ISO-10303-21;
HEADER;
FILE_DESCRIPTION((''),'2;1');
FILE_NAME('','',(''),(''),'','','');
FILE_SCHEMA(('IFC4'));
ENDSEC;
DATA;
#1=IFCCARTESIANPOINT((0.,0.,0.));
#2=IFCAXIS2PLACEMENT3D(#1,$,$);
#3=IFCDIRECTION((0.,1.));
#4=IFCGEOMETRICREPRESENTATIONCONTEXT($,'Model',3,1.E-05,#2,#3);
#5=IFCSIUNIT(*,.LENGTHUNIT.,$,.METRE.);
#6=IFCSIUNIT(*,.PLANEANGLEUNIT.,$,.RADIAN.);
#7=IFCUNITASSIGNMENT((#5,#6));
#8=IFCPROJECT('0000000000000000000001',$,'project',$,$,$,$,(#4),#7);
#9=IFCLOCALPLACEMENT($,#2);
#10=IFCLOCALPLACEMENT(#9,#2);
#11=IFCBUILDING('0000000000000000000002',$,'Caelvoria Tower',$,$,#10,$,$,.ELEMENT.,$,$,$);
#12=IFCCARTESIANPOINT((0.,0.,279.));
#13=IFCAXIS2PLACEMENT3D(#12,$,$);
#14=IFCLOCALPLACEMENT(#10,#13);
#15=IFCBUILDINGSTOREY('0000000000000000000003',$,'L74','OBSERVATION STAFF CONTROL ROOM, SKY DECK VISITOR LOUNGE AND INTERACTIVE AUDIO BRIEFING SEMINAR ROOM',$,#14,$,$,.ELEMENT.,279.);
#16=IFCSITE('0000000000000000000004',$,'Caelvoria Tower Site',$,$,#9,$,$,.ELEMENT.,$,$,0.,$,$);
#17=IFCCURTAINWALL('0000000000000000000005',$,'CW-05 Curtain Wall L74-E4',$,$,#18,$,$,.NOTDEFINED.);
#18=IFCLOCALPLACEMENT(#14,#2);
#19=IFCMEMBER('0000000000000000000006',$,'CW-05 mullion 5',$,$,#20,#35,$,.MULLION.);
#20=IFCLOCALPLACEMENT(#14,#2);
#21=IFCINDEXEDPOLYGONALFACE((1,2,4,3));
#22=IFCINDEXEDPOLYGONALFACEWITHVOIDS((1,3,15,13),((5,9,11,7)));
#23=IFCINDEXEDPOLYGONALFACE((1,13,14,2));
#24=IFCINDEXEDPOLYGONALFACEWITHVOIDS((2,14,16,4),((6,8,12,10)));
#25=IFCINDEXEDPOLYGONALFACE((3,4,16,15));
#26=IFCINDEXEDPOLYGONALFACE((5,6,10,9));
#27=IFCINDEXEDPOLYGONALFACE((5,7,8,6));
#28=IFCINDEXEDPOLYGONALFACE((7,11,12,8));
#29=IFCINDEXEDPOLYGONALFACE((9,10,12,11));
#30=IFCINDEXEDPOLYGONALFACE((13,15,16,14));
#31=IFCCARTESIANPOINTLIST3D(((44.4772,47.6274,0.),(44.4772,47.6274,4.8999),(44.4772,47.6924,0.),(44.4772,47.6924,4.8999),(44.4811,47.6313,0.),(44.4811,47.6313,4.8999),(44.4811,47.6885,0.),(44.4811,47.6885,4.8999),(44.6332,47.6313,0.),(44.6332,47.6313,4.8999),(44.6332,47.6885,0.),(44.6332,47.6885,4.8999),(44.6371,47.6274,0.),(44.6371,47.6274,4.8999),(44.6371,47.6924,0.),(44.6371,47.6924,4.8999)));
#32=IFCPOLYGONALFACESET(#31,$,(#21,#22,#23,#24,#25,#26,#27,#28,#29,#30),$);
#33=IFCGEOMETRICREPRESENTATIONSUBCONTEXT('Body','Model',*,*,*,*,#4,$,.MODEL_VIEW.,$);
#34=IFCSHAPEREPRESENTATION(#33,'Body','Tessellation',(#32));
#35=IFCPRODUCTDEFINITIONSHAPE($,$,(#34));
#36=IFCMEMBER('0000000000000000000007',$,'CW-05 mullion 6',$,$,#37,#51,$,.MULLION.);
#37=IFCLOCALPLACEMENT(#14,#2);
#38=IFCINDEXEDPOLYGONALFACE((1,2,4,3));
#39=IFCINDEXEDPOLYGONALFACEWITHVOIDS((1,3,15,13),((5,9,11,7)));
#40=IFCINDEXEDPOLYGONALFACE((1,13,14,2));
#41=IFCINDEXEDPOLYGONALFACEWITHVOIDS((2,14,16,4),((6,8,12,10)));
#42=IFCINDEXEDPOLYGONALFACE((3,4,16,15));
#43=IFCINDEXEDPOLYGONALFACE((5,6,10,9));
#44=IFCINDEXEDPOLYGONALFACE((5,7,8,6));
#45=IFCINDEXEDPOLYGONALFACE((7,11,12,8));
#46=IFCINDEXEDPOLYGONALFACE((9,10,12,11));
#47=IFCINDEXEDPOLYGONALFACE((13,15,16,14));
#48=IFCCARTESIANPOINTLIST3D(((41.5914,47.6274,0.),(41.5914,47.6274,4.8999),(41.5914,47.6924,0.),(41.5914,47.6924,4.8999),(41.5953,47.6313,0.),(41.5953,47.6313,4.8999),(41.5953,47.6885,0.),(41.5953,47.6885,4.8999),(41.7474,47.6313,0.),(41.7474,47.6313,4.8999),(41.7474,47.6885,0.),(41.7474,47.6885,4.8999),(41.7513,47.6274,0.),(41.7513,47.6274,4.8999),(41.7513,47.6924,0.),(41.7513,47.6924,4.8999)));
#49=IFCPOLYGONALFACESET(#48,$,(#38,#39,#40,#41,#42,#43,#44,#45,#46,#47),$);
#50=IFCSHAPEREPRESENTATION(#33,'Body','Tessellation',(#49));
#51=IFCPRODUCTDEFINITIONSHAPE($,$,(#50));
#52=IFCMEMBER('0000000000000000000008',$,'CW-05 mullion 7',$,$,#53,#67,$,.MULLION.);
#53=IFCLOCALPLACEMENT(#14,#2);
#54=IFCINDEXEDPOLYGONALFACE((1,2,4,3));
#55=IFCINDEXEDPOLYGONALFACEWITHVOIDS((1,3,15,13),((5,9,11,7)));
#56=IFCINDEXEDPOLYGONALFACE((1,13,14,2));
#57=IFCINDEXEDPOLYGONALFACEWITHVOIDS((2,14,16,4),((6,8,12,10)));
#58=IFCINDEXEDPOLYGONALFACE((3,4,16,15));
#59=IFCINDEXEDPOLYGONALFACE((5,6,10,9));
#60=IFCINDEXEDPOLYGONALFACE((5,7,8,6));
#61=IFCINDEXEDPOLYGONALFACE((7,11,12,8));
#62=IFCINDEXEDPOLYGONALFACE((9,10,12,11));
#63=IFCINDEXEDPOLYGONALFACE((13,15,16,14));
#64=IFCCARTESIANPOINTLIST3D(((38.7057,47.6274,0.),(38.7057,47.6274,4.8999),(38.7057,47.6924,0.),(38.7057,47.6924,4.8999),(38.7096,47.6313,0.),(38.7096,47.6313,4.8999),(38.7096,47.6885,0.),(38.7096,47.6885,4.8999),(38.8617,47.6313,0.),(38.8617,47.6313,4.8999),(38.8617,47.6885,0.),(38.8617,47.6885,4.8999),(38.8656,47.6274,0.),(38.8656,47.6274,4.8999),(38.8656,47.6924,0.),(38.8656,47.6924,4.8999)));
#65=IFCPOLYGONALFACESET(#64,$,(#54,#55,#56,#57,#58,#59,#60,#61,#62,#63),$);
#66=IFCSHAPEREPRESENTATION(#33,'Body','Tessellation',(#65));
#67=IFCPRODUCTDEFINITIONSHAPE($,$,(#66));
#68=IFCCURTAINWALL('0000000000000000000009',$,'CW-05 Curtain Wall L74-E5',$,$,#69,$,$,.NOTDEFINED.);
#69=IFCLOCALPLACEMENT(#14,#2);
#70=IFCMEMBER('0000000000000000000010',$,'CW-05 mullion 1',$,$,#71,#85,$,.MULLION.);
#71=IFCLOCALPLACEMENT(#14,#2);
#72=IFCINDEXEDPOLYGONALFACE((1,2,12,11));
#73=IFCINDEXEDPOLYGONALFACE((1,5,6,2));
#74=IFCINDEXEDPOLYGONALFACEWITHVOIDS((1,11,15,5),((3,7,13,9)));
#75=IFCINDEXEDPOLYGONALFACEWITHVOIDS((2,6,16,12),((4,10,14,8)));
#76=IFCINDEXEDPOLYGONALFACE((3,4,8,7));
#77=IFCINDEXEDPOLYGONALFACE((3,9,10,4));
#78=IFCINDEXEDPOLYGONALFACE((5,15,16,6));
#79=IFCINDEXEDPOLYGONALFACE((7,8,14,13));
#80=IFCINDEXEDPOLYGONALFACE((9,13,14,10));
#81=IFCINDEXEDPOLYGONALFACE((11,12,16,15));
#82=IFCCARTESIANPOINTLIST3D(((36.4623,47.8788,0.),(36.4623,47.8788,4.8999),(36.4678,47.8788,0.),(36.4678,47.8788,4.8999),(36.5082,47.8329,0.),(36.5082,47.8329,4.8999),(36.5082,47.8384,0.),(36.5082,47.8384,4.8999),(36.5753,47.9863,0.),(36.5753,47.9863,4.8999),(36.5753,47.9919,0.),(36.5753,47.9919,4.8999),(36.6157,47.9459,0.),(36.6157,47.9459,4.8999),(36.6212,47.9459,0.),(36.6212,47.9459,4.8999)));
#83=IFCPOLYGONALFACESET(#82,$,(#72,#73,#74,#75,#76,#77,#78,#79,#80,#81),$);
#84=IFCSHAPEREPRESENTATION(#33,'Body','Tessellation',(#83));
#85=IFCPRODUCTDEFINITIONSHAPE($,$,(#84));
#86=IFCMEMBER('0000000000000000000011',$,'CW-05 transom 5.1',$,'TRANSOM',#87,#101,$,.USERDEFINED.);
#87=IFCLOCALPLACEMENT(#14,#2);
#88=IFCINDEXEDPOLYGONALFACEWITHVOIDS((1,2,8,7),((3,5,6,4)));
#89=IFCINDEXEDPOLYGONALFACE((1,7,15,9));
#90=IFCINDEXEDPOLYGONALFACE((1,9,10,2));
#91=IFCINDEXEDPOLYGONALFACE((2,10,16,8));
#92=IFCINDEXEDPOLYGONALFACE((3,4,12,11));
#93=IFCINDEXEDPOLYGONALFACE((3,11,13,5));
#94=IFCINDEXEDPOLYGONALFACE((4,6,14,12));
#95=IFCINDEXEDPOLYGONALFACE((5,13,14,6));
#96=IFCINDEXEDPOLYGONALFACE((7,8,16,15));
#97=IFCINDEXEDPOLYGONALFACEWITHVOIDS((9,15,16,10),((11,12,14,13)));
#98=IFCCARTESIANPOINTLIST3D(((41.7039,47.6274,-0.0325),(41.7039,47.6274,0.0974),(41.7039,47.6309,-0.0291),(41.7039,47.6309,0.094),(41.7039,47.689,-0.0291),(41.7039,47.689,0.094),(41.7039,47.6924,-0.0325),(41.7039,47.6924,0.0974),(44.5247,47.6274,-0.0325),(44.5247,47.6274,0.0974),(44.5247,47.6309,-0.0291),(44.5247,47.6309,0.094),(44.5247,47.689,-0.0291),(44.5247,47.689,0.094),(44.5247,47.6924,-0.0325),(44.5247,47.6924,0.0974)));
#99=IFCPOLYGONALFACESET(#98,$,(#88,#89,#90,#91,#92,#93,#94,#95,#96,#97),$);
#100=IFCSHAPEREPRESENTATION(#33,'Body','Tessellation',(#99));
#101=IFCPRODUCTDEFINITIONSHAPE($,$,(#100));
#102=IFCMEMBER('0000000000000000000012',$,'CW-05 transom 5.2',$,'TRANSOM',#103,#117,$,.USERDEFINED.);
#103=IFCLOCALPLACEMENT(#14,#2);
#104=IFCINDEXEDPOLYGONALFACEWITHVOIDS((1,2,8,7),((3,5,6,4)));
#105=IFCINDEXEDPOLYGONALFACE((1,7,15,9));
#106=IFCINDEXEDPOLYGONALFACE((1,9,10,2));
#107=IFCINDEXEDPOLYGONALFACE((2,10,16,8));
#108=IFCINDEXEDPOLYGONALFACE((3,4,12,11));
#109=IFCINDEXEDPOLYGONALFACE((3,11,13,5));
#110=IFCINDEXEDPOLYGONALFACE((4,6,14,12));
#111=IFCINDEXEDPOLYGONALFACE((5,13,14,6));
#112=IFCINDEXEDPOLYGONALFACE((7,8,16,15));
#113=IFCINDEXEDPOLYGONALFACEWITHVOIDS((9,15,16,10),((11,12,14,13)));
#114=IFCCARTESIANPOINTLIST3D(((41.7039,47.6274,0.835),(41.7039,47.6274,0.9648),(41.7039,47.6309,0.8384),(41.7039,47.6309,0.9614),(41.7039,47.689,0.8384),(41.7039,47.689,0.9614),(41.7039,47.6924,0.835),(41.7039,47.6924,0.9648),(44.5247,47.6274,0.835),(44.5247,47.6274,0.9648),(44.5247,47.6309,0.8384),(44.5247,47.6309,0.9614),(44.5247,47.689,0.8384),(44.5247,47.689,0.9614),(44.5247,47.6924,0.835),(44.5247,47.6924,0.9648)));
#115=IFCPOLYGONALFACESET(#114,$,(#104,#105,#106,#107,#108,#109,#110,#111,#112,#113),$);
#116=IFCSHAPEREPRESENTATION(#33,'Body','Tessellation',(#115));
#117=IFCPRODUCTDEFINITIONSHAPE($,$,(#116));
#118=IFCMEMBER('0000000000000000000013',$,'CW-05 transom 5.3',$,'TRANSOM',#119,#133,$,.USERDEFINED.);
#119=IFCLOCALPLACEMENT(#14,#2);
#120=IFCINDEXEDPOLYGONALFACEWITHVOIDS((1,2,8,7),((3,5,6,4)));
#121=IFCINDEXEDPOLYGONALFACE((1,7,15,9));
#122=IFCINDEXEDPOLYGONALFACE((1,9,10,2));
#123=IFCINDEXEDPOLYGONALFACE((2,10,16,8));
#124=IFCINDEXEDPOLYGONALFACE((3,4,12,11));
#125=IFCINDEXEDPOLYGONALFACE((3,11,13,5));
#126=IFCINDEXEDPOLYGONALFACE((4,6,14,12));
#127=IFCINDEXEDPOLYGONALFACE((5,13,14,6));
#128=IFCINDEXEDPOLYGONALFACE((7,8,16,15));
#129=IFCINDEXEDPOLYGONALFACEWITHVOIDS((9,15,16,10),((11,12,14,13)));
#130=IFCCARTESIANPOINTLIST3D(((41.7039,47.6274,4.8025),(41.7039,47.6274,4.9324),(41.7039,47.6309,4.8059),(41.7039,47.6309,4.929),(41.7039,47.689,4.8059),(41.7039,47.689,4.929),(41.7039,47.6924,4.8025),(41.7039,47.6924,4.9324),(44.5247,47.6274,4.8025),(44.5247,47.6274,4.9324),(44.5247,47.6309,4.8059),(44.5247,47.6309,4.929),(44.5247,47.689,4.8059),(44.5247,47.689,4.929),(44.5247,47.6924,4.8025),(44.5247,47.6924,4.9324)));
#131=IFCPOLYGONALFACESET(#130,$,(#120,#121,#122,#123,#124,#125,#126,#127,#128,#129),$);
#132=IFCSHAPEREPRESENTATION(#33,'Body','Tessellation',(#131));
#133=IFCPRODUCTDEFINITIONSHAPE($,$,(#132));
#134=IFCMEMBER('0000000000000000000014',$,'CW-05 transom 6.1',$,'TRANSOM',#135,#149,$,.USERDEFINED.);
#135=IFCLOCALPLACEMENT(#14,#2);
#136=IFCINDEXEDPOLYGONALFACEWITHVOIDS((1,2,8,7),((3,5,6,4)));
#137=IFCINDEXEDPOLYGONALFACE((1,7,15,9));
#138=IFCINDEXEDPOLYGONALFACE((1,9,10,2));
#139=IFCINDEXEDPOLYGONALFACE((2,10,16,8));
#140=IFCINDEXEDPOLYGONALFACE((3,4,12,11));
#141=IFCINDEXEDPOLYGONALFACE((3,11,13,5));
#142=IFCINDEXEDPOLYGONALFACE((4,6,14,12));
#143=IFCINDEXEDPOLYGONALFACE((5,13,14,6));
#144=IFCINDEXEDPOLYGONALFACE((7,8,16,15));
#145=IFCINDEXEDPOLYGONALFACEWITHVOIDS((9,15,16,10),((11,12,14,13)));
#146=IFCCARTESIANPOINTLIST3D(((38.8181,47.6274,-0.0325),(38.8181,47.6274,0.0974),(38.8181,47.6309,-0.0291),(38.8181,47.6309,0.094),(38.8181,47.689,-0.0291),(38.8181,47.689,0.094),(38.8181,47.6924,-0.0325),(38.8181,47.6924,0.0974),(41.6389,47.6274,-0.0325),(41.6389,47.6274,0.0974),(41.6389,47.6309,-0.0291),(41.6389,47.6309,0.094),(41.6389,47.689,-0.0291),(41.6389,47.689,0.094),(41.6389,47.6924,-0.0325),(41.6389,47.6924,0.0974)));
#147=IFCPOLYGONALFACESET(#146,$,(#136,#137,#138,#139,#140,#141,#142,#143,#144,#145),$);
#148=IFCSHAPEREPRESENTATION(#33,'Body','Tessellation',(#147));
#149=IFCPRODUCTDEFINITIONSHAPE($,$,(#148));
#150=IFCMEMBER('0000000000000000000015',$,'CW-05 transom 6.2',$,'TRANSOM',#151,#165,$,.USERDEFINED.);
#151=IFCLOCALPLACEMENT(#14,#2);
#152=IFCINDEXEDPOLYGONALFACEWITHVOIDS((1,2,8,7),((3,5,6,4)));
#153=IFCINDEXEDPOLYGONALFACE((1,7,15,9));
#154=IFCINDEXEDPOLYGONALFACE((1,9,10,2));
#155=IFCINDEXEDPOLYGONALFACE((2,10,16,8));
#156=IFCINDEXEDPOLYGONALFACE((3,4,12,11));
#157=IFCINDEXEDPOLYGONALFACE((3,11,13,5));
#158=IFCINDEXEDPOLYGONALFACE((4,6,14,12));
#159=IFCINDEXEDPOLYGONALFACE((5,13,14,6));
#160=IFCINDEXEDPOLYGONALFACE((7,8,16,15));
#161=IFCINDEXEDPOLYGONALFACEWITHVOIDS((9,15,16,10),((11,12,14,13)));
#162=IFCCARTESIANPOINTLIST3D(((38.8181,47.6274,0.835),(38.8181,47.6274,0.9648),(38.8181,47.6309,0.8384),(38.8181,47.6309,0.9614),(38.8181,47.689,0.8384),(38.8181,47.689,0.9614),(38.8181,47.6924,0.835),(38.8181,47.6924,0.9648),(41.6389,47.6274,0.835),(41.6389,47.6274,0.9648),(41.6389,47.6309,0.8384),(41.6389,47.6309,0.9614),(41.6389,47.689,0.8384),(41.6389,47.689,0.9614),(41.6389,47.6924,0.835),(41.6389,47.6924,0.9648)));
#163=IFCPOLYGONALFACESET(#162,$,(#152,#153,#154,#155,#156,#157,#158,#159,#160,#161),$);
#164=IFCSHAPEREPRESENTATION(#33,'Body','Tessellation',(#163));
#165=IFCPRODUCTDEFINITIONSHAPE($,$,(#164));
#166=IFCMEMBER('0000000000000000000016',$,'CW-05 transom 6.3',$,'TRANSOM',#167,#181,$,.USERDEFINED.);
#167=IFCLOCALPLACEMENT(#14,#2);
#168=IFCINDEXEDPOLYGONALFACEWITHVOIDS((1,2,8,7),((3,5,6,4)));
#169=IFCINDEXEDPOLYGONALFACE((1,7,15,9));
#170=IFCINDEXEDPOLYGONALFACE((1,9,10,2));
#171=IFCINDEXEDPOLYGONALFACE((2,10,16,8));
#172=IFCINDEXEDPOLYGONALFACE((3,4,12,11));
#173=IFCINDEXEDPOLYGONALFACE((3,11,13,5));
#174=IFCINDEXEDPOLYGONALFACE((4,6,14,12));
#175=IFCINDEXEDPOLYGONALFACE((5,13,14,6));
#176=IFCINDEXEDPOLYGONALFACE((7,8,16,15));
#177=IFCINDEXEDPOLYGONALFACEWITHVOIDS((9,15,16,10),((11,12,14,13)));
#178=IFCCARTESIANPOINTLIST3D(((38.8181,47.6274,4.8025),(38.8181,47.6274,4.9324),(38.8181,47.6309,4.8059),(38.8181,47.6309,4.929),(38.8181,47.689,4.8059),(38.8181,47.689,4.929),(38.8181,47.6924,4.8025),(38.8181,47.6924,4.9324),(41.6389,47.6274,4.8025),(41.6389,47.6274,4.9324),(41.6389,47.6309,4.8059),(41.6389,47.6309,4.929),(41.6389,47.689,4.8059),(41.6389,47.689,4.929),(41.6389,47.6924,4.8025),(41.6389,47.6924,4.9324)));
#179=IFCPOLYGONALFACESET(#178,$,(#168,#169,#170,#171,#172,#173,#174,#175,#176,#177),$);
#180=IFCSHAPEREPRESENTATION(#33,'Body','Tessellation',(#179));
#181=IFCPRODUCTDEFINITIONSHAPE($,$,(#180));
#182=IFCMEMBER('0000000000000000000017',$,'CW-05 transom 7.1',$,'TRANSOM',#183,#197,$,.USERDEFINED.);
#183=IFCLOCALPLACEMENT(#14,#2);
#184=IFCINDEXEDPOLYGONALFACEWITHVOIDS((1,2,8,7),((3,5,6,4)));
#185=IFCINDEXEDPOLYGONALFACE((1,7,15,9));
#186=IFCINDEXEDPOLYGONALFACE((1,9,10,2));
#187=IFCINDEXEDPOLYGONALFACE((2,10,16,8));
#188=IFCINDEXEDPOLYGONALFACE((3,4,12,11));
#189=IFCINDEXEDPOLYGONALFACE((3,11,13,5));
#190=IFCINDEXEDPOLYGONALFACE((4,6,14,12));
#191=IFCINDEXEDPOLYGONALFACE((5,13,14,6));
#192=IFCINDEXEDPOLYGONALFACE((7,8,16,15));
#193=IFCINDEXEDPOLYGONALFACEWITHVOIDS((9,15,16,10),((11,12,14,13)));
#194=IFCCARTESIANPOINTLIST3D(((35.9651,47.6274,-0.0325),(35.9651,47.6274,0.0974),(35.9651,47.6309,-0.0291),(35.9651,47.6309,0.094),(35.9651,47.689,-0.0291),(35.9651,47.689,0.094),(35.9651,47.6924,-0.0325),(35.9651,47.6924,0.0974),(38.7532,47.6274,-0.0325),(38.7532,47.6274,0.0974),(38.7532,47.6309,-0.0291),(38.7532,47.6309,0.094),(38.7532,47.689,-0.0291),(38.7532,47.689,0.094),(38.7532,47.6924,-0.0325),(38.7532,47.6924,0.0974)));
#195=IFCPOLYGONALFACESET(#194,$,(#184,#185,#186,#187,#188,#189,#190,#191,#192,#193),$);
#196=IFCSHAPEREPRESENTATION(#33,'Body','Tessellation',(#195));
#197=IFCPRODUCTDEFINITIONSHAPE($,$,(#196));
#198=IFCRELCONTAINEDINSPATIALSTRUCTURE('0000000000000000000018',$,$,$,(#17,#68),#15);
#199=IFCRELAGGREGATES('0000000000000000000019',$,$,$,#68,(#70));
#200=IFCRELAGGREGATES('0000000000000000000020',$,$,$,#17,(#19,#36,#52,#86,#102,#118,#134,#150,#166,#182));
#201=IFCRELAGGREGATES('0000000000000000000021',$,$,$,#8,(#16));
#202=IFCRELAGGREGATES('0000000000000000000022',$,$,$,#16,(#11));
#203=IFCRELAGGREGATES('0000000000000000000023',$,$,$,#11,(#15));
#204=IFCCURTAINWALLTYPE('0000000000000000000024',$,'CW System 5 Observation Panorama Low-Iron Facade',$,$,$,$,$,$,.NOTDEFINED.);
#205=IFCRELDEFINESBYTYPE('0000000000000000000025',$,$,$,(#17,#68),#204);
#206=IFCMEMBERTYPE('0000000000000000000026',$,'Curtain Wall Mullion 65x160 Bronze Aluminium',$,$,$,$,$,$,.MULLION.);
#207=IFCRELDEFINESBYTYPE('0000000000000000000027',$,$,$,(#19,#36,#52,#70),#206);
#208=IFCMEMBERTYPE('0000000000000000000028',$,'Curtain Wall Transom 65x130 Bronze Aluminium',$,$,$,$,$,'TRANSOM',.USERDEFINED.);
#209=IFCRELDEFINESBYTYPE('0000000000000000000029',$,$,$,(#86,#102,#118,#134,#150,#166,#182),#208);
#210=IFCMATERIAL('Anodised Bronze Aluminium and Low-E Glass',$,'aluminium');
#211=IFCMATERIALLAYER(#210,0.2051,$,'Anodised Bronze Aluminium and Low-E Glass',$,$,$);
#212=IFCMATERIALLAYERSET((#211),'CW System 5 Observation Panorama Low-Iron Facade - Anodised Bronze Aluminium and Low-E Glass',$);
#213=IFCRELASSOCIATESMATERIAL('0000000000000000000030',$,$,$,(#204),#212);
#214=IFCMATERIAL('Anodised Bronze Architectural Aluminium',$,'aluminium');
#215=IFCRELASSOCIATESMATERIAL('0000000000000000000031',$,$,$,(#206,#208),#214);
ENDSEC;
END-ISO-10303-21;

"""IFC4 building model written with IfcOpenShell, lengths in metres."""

from ifc_helpers import new_model, si_unit, direction, frame, origin, origin_2d, place, context, subcontext, project, spatial, hollow_rectangle, extrude, material, layer, layer_set, material_profile, profile_set, type_object, element, aggregate, save


model = new_model("IFC4")

# Units and contexts
model_context = context("Model", 3, precision=1e-05, world=origin(), true_north=direction((0.0, 1.0)))
body_context = subcontext(model_context, "Body", "Model", "MODEL_VIEW")
ifc_project = project(units=[si_unit("LENGTHUNIT", "METRE"), si_unit("PLANEANGLEUNIT", "RADIAN")], contexts=[model_context])

# Site, building, storey
site_placement = place(None, origin())
site = spatial("IfcSite", under=ifc_project, at=site_placement, Name="Caelvoria Tower Site", CompositionType="ELEMENT", RefElevation=0.0)
building_placement = place(site_placement, origin())
building = spatial("IfcBuilding", under=site, at=building_placement, Name="Caelvoria Tower", CompositionType="ELEMENT")
storey_placement = place(building_placement, frame((0.0, 0.0, 279.0)))
storey = spatial("IfcBuildingStorey", under=building, at=storey_placement, Name="L74", Description="OBSERVATION STAFF CONTROL ROOM, SKY DECK VISITOR LOUNGE AND INTERACTIVE AUDIO BRIEFING SEMINAR ROOM", CompositionType="ELEMENT", Elevation=279.0)

# Curtain wall, members
ifc_material_1 = material(Name="Anodised Bronze Aluminium and Low-E Glass", Category="aluminium")
ifc_layer_1 = layer(ifc_material_1, 0.2051, Name="Anodised Bronze Aluminium and Low-E Glass")
ifc_layer_set_1 = layer_set([ifc_layer_1], Name="CW System 5 Observation Panorama Low-Iron Facade - Anodised Bronze Aluminium and Low-E Glass")
curtain_wall_type = type_object("IfcCurtainWallType", Name="CW System 5 Observation Panorama Low-Iron Facade", PredefinedType="NOTDEFINED", material=ifc_layer_set_1)
curtain_wall_1_placement = place(storey_placement, origin())
curtain_wall_1 = element("IfcCurtainWall", 1, at=curtain_wall_1_placement, inside=storey, type_object=curtain_wall_type, Name="CW-05 Curtain Wall L74-E4", PredefinedType="NOTDEFINED")
ifc_material_2 = material(Name="Anodised Bronze Architectural Aluminium", Category="aluminium")
ifc_material_profile_1 = material_profile(ifc_material_2, hollow_rectangle(XDim=0.0649, YDim=0.1599, WallThickness=0.0039, at=origin_2d()), Name="Anodised Bronze Architectural Aluminium")
ifc_profile_set_1 = profile_set([ifc_material_profile_1], Name="CW_MULL_65X160 - Anodised Bronze Architectural Aluminium")
member_type_1 = type_object("IfcMemberType", Name="Curtain Wall Mullion 65x160 Bronze Aluminium", PredefinedType="MULLION", material=ifc_profile_set_1)
member_1_placement = place(storey_placement, frame((44.5571, 47.6599, 0.0), z_axis=(0.0, 0.0, 1.0), x_axis=(0.0, -1.0, 0.0)))
member_1 = element("IfcMember", 2, at=member_1_placement, type_object=member_type_1, Name="CW-05 mullion 5", PredefinedType="MULLION", context=body_context, shape_type="SweptSolid", body=[
    extrude(hollow_rectangle(XDim=0.0649, YDim=0.1599, WallThickness=0.0039, at=origin_2d()), origin(), (0.0, 0.0, 1.0), 4.8999),
])
member_2_placement = place(storey_placement, frame((41.6714, 47.6599, 0.0), z_axis=(0.0, 0.0, 1.0), x_axis=(0.0, -1.0, 0.0)))
member_2 = element("IfcMember", 3, at=member_2_placement, type_object=member_type_1, Name="CW-05 mullion 6", PredefinedType="MULLION", context=body_context, shape_type="SweptSolid", body=[
    extrude(hollow_rectangle(XDim=0.0649, YDim=0.1599, WallThickness=0.0039, at=origin_2d()), origin(), (0.0, 0.0, 1.0), 4.8999),
])
member_3_placement = place(storey_placement, frame((38.7856, 47.6599, 0.0), z_axis=(0.0, 0.0, 1.0), x_axis=(0.0, -1.0, 0.0)))
member_3 = element("IfcMember", 4, at=member_3_placement, type_object=member_type_1, Name="CW-05 mullion 7", PredefinedType="MULLION", context=body_context, shape_type="SweptSolid", body=[
    extrude(hollow_rectangle(XDim=0.0649, YDim=0.1599, WallThickness=0.0039, at=origin_2d()), origin(), (0.0, 0.0, 1.0), 4.8999),
])

# Curtain wall, member
curtain_wall_2_placement = place(storey_placement, origin())
curtain_wall_2 = element("IfcCurtainWall", 5, at=curtain_wall_2_placement, inside=storey, type_object=curtain_wall_type, Name="CW-05 Curtain Wall L74-E5", PredefinedType="NOTDEFINED")
member_4_placement = place(storey_placement, frame((36.5417, 47.9124, 0.0), z_axis=(0.0, 0.0, 1.0), x_axis=(0.707107, -0.707107, 0.0)))
member_4 = element("IfcMember", 6, at=member_4_placement, type_object=member_type_1, Name="CW-05 mullion 1", PredefinedType="MULLION", context=body_context, shape_type="SweptSolid", body=[
    extrude(hollow_rectangle(XDim=0.0649, YDim=0.1599, WallThickness=0.0039, at=origin_2d()), origin(), (0.0, 0.0, 1.0), 4.8999),
])

# Members
ifc_material_profile_2 = material_profile(ifc_material_2, hollow_rectangle(XDim=0.0649, YDim=0.1299, WallThickness=0.0034, at=origin_2d()), Name="Anodised Bronze Architectural Aluminium")
ifc_profile_set_2 = profile_set([ifc_material_profile_2], Name="CW_TRAN_65X130 - Anodised Bronze Architectural Aluminium")
member_type_2 = type_object("IfcMemberType", Name="Curtain Wall Transom 65x130 Bronze Aluminium", ElementType="TRANSOM", PredefinedType="USERDEFINED", material=ifc_profile_set_2)
member_5_placement = place(storey_placement, frame((44.5247, 47.6599, 0.0325), z_axis=(-1.0, 0.0, 0.0), x_axis=(0.0, -1.0, 0.0)))
member_5 = element("IfcMember", 7, at=member_5_placement, type_object=member_type_2, Name="CW-05 transom 5.1", ObjectType="TRANSOM", PredefinedType="USERDEFINED", context=body_context, shape_type="SweptSolid", body=[
    extrude(hollow_rectangle(XDim=0.0649, YDim=0.1299, WallThickness=0.0034, at=origin_2d()), origin(), (0.0, 0.0, 1.0), 2.8208),
])
member_6_placement = place(storey_placement, frame((44.5247, 47.6599, 0.8999), z_axis=(-1.0, 0.0, 0.0), x_axis=(0.0, -1.0, 0.0)))
member_6 = element("IfcMember", 8, at=member_6_placement, type_object=member_type_2, Name="CW-05 transom 5.2", ObjectType="TRANSOM", PredefinedType="USERDEFINED", context=body_context, shape_type="SweptSolid", body=[
    extrude(hollow_rectangle(XDim=0.0649, YDim=0.1299, WallThickness=0.0034, at=origin_2d()), origin(), (0.0, 0.0, 1.0), 2.8208),
])
member_7_placement = place(storey_placement, frame((44.5247, 47.6599, 4.8674), z_axis=(-1.0, 0.0, 0.0), x_axis=(0.0, -1.0, 0.0)))
member_7 = element("IfcMember", 9, at=member_7_placement, type_object=member_type_2, Name="CW-05 transom 5.3", ObjectType="TRANSOM", PredefinedType="USERDEFINED", context=body_context, shape_type="SweptSolid", body=[
    extrude(hollow_rectangle(XDim=0.0649, YDim=0.1299, WallThickness=0.0034, at=origin_2d()), origin(), (0.0, 0.0, 1.0), 2.8208),
])
member_8_placement = place(storey_placement, frame((41.6389, 47.6599, 0.0325), z_axis=(-1.0, 0.0, 0.0), x_axis=(0.0, -1.0, 0.0)))
member_8 = element("IfcMember", 10, at=member_8_placement, type_object=member_type_2, Name="CW-05 transom 6.1", ObjectType="TRANSOM", PredefinedType="USERDEFINED", context=body_context, shape_type="SweptSolid", body=[
    extrude(hollow_rectangle(XDim=0.0649, YDim=0.1299, WallThickness=0.0034, at=origin_2d()), origin(), (0.0, 0.0, 1.0), 2.8208),
])
member_9_placement = place(storey_placement, frame((41.6389, 47.6599, 0.8999), z_axis=(-1.0, 0.0, 0.0), x_axis=(0.0, -1.0, 0.0)))
member_9 = element("IfcMember", 11, at=member_9_placement, type_object=member_type_2, Name="CW-05 transom 6.2", ObjectType="TRANSOM", PredefinedType="USERDEFINED", context=body_context, shape_type="SweptSolid", body=[
    extrude(hollow_rectangle(XDim=0.0649, YDim=0.1299, WallThickness=0.0034, at=origin_2d()), origin(), (0.0, 0.0, 1.0), 2.8208),
])
member_10_placement = place(storey_placement, frame((41.6389, 47.6599, 4.8674), z_axis=(-1.0, 0.0, 0.0), x_axis=(0.0, -1.0, 0.0)))
member_10 = element("IfcMember", 12, at=member_10_placement, type_object=member_type_2, Name="CW-05 transom 6.3", ObjectType="TRANSOM", PredefinedType="USERDEFINED", context=body_context, shape_type="SweptSolid", body=[
    extrude(hollow_rectangle(XDim=0.0649, YDim=0.1299, WallThickness=0.0034, at=origin_2d()), origin(), (0.0, 0.0, 1.0), 2.8208),
])
member_11_placement = place(storey_placement, frame((38.7532, 47.6599, 0.0325), z_axis=(-1.0, 0.0, 0.0), x_axis=(0.0, -1.0, 0.0)))
member_11 = element("IfcMember", 13, at=member_11_placement, type_object=member_type_2, Name="CW-05 transom 7.1", ObjectType="TRANSOM", PredefinedType="USERDEFINED", context=body_context, shape_type="SweptSolid", body=[
    extrude(hollow_rectangle(XDim=0.0649, YDim=0.1299, WallThickness=0.0034, at=origin_2d()), origin(), (0.0, 0.0, 1.0), 2.7881),
])
aggregate(curtain_wall_2, [member_4])

aggregate(curtain_wall_1, [member_1, member_2, member_3, member_5, member_6, member_7, member_8, member_9, member_10, member_11])

save(model, "model.ifc")
